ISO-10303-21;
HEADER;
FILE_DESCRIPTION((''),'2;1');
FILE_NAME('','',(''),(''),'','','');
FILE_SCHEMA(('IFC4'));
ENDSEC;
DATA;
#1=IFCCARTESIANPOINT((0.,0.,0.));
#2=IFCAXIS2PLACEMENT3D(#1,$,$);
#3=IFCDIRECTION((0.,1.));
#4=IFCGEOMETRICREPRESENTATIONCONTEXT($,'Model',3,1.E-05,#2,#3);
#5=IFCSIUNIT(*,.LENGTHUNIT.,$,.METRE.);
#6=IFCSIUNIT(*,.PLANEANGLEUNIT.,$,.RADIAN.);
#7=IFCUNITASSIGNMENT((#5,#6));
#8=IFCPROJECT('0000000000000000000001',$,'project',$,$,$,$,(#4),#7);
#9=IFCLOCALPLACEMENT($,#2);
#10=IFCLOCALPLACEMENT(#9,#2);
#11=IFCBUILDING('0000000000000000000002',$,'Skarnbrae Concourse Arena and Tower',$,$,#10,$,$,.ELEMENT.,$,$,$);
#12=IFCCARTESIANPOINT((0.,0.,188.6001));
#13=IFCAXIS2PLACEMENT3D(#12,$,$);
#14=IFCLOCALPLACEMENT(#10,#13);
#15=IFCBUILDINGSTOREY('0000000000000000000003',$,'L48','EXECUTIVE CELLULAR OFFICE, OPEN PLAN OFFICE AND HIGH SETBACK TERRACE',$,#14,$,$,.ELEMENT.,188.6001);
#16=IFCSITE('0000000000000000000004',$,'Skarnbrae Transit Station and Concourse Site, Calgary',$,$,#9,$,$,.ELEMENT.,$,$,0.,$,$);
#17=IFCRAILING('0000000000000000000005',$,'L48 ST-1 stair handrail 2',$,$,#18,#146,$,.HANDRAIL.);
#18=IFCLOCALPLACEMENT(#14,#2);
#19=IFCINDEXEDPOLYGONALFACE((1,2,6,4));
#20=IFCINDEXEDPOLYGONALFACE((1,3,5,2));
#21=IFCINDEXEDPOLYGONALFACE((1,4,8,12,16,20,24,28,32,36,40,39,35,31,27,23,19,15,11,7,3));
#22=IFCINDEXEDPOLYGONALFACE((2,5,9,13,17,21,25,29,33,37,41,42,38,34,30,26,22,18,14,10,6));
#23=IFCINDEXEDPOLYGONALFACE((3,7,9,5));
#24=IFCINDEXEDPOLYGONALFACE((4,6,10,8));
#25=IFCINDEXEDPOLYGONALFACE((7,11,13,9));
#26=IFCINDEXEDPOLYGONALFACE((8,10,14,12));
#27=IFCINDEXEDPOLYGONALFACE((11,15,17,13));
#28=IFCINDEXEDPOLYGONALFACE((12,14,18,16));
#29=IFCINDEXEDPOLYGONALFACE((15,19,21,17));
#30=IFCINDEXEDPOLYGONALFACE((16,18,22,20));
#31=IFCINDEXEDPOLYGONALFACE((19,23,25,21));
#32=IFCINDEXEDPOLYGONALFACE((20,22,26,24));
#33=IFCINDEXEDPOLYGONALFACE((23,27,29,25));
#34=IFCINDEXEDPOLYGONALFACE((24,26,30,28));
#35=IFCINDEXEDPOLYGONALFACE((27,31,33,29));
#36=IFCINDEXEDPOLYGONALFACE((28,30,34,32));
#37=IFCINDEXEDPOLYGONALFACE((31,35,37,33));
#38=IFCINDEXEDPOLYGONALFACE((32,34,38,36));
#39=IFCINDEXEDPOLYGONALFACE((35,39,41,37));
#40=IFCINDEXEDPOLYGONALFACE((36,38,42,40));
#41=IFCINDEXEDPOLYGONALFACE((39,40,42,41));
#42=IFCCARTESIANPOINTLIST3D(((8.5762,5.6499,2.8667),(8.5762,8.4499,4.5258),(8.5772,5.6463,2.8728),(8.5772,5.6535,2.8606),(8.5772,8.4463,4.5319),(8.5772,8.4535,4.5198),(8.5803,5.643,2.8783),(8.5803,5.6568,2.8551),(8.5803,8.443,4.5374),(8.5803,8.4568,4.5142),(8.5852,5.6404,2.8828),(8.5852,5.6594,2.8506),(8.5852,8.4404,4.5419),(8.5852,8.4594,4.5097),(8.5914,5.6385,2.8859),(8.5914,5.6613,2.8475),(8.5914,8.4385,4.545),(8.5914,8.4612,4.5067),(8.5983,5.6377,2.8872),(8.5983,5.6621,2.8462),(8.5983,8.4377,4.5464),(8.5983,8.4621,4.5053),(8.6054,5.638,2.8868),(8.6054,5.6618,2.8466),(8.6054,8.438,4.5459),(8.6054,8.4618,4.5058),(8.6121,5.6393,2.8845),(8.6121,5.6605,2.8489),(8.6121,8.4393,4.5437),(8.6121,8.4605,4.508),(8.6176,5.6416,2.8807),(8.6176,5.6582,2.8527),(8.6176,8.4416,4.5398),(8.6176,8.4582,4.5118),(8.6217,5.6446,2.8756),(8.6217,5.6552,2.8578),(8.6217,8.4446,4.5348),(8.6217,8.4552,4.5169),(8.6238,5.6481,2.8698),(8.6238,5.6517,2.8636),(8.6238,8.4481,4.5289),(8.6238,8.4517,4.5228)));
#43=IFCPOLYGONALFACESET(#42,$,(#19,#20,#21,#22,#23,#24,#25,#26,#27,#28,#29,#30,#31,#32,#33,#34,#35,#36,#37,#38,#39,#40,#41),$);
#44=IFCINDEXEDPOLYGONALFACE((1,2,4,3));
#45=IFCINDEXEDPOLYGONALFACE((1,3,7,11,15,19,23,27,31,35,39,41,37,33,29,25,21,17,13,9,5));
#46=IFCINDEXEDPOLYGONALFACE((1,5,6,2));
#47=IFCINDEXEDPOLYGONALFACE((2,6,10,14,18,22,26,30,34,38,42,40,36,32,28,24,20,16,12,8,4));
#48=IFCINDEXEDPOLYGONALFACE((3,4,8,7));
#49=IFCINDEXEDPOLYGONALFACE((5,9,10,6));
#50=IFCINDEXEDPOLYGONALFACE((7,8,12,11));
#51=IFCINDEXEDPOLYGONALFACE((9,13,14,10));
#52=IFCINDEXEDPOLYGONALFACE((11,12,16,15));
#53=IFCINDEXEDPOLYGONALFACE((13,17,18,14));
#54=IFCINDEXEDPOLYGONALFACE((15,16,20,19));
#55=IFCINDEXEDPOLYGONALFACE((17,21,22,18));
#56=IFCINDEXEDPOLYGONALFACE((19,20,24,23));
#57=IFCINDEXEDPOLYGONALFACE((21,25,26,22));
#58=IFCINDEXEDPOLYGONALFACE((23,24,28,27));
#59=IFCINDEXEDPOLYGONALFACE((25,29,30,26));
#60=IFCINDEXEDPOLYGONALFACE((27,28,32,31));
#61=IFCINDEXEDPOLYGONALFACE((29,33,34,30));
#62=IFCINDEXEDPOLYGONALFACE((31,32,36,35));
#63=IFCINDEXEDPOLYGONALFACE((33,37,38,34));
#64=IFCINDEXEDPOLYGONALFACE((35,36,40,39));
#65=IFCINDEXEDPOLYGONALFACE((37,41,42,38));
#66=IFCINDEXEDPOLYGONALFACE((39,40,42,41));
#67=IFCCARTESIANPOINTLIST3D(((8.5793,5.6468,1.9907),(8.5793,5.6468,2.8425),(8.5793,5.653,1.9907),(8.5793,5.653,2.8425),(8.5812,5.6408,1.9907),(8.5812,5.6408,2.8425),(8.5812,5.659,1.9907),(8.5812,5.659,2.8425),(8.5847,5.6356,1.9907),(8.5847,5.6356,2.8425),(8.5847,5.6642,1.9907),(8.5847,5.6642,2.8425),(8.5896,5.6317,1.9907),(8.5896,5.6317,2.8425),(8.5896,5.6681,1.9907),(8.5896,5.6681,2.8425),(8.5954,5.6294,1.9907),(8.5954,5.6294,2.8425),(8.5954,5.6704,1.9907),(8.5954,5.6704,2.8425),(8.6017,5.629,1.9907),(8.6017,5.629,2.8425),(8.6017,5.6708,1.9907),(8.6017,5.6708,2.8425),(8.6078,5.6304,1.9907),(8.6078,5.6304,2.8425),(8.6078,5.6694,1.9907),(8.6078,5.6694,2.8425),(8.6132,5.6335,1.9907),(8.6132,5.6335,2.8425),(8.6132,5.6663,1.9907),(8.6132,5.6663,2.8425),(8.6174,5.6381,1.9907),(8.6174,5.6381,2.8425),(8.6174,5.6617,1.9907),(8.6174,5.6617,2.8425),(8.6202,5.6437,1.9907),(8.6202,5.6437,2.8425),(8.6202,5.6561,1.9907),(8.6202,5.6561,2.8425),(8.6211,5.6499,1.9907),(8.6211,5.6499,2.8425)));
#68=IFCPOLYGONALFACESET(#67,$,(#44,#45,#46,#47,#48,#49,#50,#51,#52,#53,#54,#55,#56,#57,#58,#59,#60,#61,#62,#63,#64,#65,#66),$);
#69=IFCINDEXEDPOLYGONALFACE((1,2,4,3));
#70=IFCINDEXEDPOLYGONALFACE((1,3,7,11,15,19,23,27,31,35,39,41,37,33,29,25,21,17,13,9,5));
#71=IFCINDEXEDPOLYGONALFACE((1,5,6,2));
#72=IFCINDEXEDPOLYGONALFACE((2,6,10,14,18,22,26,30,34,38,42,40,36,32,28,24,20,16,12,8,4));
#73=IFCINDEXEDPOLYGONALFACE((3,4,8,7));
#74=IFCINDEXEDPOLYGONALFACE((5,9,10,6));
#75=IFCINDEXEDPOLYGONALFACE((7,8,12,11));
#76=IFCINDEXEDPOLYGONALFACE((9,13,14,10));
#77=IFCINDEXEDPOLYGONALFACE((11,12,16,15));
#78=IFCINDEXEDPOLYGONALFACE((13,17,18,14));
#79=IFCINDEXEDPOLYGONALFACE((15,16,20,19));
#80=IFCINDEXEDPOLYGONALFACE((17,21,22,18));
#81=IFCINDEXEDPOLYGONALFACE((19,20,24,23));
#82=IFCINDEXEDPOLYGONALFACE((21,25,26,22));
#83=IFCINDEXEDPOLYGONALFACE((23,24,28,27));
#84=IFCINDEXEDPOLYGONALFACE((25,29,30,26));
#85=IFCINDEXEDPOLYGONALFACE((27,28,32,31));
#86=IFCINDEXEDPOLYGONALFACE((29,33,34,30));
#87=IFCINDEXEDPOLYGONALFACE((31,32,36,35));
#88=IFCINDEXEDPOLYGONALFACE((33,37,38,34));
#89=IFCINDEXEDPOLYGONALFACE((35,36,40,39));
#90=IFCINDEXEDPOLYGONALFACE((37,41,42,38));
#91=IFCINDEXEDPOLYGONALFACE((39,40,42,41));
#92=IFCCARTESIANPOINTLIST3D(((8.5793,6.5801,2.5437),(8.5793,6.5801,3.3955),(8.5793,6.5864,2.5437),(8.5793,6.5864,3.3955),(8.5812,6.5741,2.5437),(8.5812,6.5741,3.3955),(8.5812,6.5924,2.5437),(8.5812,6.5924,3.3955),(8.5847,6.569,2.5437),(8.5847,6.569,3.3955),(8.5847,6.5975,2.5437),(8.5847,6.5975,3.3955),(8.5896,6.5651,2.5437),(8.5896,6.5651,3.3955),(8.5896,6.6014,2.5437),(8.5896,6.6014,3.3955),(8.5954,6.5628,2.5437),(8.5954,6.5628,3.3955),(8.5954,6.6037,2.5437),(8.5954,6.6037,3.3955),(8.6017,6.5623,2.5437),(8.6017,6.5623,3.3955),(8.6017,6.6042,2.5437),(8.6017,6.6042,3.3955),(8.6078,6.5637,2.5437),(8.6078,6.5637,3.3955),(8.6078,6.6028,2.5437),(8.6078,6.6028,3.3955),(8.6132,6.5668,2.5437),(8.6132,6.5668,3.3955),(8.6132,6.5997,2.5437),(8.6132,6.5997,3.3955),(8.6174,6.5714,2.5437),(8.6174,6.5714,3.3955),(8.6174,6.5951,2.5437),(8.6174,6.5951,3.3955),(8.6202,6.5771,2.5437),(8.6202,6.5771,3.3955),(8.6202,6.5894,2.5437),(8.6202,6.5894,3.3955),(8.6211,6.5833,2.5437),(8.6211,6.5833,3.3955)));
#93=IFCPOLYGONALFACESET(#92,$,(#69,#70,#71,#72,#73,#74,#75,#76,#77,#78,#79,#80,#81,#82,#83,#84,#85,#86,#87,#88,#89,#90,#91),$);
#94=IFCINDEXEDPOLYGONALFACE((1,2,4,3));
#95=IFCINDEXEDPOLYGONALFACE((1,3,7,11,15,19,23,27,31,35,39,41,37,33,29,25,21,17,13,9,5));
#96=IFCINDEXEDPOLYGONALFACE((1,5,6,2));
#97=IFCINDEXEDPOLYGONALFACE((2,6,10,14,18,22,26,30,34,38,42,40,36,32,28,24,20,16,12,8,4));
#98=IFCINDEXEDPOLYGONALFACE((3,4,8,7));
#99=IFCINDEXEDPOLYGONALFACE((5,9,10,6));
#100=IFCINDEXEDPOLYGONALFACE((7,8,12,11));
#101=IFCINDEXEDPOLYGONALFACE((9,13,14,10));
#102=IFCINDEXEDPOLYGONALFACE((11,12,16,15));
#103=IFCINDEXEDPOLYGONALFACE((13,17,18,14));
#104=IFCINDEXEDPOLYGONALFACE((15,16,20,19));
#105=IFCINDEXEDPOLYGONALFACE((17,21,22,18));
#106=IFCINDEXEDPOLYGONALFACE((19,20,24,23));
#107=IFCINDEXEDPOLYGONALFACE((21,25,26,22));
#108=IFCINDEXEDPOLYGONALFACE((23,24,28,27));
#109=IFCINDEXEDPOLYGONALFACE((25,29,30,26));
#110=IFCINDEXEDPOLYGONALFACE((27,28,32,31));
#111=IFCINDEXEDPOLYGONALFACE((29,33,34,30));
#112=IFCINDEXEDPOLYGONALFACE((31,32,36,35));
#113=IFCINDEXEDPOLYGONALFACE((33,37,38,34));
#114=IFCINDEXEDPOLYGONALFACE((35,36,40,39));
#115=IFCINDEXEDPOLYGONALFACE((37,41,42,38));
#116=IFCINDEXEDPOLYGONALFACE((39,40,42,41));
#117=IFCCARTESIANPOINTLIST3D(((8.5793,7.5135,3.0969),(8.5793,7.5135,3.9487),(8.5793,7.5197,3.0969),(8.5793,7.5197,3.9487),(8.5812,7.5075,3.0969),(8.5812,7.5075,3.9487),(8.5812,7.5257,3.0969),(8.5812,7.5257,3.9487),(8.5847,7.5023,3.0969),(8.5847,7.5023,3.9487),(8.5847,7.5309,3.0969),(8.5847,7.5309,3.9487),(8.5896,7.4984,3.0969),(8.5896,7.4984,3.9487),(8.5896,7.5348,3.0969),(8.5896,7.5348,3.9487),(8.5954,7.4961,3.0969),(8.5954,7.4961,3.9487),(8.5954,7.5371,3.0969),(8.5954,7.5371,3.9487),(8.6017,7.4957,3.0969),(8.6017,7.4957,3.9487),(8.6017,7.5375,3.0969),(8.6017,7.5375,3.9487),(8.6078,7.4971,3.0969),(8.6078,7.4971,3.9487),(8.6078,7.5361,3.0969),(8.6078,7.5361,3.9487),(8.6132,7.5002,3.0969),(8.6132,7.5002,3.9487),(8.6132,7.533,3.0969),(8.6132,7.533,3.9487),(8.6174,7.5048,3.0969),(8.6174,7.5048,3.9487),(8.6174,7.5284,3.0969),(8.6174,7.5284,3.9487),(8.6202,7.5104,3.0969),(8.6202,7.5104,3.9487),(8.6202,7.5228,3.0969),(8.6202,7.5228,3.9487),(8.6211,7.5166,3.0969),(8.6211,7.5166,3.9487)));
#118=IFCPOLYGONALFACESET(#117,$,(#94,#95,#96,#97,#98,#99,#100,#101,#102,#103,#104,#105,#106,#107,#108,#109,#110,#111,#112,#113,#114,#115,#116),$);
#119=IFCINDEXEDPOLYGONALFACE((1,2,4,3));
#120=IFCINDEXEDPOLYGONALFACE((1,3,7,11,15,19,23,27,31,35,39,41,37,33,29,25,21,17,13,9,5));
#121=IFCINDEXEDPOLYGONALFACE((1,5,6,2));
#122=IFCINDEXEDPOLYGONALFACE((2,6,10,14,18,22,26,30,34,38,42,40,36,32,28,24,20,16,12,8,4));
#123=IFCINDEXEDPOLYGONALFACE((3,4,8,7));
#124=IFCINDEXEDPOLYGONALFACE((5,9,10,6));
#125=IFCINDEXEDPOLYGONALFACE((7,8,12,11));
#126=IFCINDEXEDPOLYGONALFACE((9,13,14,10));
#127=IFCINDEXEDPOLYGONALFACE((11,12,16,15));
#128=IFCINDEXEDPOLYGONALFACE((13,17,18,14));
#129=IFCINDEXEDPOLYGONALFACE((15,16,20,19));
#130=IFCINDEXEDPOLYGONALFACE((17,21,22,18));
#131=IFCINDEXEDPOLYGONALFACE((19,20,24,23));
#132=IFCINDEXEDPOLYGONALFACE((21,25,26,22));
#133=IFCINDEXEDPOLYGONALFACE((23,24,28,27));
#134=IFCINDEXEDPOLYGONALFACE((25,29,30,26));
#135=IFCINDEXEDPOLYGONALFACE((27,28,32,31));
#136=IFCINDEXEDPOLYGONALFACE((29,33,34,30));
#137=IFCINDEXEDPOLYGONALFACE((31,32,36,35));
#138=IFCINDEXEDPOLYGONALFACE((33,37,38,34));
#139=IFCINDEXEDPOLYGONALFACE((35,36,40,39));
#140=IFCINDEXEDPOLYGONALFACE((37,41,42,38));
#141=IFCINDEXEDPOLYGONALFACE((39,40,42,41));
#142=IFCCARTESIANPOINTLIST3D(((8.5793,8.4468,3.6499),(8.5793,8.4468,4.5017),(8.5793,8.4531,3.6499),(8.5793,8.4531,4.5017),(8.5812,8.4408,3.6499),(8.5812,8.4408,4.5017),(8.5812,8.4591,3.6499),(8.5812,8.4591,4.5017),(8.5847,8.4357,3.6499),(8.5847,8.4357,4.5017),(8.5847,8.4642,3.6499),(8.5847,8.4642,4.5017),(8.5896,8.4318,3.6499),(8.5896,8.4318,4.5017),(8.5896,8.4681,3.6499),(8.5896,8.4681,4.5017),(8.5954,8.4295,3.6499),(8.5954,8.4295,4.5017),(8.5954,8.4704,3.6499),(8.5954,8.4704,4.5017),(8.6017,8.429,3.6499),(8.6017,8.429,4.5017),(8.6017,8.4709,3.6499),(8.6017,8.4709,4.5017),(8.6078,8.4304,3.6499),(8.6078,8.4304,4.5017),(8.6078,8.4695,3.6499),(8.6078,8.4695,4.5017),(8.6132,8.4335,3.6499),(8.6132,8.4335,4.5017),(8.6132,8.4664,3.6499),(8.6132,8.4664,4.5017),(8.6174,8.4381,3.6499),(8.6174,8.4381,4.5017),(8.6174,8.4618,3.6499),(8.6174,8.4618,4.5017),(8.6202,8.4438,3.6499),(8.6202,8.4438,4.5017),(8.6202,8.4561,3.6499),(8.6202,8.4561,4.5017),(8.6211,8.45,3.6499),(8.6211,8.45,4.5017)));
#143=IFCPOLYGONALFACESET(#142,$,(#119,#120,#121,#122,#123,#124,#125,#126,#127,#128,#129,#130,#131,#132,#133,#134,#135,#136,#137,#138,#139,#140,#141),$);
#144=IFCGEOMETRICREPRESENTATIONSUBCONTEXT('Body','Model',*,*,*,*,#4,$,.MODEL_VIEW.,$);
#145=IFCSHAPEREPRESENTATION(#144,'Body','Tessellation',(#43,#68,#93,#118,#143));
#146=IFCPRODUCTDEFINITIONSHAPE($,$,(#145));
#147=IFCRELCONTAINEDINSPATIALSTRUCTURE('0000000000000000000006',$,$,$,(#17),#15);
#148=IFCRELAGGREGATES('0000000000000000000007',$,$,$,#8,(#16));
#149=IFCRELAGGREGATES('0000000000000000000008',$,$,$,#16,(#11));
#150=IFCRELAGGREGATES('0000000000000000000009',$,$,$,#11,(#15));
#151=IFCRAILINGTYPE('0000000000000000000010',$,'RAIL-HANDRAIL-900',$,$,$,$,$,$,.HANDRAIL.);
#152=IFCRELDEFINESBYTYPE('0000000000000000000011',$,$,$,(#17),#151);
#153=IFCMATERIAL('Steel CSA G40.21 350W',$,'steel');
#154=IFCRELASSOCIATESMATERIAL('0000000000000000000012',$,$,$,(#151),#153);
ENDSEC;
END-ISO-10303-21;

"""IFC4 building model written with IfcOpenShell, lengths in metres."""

from ifc_helpers import new_model, si_unit, direction, frame, origin, origin_2d, place, context, subcontext, project, spatial, circle, extrude, material, type_object, element, save


model = new_model("IFC4")

# Units and contexts
model_context = context("Model", 3, precision=1e-05, world=origin(), true_north=direction((0.0, 1.0)))
body_context = subcontext(model_context, "Body", "Model", "MODEL_VIEW")
ifc_project = project(units=[si_unit("LENGTHUNIT", "METRE"), si_unit("PLANEANGLEUNIT", "RADIAN")], contexts=[model_context])

# Site, building, storey
site_placement = place(None, origin())
site = spatial("IfcSite", under=ifc_project, at=site_placement, Name="Skarnbrae Transit Station and Concourse Site, Calgary", CompositionType="ELEMENT", RefElevation=0.0)
building_placement = place(site_placement, origin())
building = spatial("IfcBuilding", under=site, at=building_placement, Name="Skarnbrae Concourse Arena and Tower", CompositionType="ELEMENT")
storey_placement = place(building_placement, frame((0.0, 0.0, 188.6001)))
storey = spatial("IfcBuildingStorey", under=building, at=storey_placement, Name="L48", Description="EXECUTIVE CELLULAR OFFICE, OPEN PLAN OFFICE AND HIGH SETBACK TERRACE", CompositionType="ELEMENT", Elevation=188.6001)

# Shared definitions
ifc_material_1 = material(Name="Steel CSA G40.21 350W", Category="steel")

# Railing
railing_type_1 = type_object("IfcRailingType", Name="RAIL-HANDRAIL-900", PredefinedType="HANDRAIL", material=ifc_material_1)
railing_1_placement = place(storey_placement, frame((8.6001, 5.6499, 1.9907)))
element("IfcRailing", 1, at=railing_1_placement, inside=storey, type_object=railing_type_1, Name="L48 ST-1 stair handrail 2", PredefinedType="HANDRAIL", context=body_context, shape_type="SweptSolid", body=[
    extrude(circle(Radius=0.0239, at=origin_2d()), frame((0.0, 0.0, 0.876), z_axis=(0.0, 0.860306, 0.509778), x_axis=(-1.0, 0.0, 0.0)), (0.0, 0.0, 1.0), 3.2546),
    extrude(circle(Radius=0.021, at=origin_2d()), origin(), (0.0, 0.0, 1.0), 0.8518),
    extrude(circle(Radius=0.021, at=origin_2d()), frame((0.0, 0.9333, 0.553)), (0.0, 0.0, 1.0), 0.8518),
    extrude(circle(Radius=0.021, at=origin_2d()), frame((0.0, 1.8667, 1.1062)), (0.0, 0.0, 1.0), 0.8518),
    extrude(circle(Radius=0.021, at=origin_2d()), frame((0.0, 2.8, 1.6592)), (0.0, 0.0, 1.0), 0.8518),
])

save(model, "model.ifc")
